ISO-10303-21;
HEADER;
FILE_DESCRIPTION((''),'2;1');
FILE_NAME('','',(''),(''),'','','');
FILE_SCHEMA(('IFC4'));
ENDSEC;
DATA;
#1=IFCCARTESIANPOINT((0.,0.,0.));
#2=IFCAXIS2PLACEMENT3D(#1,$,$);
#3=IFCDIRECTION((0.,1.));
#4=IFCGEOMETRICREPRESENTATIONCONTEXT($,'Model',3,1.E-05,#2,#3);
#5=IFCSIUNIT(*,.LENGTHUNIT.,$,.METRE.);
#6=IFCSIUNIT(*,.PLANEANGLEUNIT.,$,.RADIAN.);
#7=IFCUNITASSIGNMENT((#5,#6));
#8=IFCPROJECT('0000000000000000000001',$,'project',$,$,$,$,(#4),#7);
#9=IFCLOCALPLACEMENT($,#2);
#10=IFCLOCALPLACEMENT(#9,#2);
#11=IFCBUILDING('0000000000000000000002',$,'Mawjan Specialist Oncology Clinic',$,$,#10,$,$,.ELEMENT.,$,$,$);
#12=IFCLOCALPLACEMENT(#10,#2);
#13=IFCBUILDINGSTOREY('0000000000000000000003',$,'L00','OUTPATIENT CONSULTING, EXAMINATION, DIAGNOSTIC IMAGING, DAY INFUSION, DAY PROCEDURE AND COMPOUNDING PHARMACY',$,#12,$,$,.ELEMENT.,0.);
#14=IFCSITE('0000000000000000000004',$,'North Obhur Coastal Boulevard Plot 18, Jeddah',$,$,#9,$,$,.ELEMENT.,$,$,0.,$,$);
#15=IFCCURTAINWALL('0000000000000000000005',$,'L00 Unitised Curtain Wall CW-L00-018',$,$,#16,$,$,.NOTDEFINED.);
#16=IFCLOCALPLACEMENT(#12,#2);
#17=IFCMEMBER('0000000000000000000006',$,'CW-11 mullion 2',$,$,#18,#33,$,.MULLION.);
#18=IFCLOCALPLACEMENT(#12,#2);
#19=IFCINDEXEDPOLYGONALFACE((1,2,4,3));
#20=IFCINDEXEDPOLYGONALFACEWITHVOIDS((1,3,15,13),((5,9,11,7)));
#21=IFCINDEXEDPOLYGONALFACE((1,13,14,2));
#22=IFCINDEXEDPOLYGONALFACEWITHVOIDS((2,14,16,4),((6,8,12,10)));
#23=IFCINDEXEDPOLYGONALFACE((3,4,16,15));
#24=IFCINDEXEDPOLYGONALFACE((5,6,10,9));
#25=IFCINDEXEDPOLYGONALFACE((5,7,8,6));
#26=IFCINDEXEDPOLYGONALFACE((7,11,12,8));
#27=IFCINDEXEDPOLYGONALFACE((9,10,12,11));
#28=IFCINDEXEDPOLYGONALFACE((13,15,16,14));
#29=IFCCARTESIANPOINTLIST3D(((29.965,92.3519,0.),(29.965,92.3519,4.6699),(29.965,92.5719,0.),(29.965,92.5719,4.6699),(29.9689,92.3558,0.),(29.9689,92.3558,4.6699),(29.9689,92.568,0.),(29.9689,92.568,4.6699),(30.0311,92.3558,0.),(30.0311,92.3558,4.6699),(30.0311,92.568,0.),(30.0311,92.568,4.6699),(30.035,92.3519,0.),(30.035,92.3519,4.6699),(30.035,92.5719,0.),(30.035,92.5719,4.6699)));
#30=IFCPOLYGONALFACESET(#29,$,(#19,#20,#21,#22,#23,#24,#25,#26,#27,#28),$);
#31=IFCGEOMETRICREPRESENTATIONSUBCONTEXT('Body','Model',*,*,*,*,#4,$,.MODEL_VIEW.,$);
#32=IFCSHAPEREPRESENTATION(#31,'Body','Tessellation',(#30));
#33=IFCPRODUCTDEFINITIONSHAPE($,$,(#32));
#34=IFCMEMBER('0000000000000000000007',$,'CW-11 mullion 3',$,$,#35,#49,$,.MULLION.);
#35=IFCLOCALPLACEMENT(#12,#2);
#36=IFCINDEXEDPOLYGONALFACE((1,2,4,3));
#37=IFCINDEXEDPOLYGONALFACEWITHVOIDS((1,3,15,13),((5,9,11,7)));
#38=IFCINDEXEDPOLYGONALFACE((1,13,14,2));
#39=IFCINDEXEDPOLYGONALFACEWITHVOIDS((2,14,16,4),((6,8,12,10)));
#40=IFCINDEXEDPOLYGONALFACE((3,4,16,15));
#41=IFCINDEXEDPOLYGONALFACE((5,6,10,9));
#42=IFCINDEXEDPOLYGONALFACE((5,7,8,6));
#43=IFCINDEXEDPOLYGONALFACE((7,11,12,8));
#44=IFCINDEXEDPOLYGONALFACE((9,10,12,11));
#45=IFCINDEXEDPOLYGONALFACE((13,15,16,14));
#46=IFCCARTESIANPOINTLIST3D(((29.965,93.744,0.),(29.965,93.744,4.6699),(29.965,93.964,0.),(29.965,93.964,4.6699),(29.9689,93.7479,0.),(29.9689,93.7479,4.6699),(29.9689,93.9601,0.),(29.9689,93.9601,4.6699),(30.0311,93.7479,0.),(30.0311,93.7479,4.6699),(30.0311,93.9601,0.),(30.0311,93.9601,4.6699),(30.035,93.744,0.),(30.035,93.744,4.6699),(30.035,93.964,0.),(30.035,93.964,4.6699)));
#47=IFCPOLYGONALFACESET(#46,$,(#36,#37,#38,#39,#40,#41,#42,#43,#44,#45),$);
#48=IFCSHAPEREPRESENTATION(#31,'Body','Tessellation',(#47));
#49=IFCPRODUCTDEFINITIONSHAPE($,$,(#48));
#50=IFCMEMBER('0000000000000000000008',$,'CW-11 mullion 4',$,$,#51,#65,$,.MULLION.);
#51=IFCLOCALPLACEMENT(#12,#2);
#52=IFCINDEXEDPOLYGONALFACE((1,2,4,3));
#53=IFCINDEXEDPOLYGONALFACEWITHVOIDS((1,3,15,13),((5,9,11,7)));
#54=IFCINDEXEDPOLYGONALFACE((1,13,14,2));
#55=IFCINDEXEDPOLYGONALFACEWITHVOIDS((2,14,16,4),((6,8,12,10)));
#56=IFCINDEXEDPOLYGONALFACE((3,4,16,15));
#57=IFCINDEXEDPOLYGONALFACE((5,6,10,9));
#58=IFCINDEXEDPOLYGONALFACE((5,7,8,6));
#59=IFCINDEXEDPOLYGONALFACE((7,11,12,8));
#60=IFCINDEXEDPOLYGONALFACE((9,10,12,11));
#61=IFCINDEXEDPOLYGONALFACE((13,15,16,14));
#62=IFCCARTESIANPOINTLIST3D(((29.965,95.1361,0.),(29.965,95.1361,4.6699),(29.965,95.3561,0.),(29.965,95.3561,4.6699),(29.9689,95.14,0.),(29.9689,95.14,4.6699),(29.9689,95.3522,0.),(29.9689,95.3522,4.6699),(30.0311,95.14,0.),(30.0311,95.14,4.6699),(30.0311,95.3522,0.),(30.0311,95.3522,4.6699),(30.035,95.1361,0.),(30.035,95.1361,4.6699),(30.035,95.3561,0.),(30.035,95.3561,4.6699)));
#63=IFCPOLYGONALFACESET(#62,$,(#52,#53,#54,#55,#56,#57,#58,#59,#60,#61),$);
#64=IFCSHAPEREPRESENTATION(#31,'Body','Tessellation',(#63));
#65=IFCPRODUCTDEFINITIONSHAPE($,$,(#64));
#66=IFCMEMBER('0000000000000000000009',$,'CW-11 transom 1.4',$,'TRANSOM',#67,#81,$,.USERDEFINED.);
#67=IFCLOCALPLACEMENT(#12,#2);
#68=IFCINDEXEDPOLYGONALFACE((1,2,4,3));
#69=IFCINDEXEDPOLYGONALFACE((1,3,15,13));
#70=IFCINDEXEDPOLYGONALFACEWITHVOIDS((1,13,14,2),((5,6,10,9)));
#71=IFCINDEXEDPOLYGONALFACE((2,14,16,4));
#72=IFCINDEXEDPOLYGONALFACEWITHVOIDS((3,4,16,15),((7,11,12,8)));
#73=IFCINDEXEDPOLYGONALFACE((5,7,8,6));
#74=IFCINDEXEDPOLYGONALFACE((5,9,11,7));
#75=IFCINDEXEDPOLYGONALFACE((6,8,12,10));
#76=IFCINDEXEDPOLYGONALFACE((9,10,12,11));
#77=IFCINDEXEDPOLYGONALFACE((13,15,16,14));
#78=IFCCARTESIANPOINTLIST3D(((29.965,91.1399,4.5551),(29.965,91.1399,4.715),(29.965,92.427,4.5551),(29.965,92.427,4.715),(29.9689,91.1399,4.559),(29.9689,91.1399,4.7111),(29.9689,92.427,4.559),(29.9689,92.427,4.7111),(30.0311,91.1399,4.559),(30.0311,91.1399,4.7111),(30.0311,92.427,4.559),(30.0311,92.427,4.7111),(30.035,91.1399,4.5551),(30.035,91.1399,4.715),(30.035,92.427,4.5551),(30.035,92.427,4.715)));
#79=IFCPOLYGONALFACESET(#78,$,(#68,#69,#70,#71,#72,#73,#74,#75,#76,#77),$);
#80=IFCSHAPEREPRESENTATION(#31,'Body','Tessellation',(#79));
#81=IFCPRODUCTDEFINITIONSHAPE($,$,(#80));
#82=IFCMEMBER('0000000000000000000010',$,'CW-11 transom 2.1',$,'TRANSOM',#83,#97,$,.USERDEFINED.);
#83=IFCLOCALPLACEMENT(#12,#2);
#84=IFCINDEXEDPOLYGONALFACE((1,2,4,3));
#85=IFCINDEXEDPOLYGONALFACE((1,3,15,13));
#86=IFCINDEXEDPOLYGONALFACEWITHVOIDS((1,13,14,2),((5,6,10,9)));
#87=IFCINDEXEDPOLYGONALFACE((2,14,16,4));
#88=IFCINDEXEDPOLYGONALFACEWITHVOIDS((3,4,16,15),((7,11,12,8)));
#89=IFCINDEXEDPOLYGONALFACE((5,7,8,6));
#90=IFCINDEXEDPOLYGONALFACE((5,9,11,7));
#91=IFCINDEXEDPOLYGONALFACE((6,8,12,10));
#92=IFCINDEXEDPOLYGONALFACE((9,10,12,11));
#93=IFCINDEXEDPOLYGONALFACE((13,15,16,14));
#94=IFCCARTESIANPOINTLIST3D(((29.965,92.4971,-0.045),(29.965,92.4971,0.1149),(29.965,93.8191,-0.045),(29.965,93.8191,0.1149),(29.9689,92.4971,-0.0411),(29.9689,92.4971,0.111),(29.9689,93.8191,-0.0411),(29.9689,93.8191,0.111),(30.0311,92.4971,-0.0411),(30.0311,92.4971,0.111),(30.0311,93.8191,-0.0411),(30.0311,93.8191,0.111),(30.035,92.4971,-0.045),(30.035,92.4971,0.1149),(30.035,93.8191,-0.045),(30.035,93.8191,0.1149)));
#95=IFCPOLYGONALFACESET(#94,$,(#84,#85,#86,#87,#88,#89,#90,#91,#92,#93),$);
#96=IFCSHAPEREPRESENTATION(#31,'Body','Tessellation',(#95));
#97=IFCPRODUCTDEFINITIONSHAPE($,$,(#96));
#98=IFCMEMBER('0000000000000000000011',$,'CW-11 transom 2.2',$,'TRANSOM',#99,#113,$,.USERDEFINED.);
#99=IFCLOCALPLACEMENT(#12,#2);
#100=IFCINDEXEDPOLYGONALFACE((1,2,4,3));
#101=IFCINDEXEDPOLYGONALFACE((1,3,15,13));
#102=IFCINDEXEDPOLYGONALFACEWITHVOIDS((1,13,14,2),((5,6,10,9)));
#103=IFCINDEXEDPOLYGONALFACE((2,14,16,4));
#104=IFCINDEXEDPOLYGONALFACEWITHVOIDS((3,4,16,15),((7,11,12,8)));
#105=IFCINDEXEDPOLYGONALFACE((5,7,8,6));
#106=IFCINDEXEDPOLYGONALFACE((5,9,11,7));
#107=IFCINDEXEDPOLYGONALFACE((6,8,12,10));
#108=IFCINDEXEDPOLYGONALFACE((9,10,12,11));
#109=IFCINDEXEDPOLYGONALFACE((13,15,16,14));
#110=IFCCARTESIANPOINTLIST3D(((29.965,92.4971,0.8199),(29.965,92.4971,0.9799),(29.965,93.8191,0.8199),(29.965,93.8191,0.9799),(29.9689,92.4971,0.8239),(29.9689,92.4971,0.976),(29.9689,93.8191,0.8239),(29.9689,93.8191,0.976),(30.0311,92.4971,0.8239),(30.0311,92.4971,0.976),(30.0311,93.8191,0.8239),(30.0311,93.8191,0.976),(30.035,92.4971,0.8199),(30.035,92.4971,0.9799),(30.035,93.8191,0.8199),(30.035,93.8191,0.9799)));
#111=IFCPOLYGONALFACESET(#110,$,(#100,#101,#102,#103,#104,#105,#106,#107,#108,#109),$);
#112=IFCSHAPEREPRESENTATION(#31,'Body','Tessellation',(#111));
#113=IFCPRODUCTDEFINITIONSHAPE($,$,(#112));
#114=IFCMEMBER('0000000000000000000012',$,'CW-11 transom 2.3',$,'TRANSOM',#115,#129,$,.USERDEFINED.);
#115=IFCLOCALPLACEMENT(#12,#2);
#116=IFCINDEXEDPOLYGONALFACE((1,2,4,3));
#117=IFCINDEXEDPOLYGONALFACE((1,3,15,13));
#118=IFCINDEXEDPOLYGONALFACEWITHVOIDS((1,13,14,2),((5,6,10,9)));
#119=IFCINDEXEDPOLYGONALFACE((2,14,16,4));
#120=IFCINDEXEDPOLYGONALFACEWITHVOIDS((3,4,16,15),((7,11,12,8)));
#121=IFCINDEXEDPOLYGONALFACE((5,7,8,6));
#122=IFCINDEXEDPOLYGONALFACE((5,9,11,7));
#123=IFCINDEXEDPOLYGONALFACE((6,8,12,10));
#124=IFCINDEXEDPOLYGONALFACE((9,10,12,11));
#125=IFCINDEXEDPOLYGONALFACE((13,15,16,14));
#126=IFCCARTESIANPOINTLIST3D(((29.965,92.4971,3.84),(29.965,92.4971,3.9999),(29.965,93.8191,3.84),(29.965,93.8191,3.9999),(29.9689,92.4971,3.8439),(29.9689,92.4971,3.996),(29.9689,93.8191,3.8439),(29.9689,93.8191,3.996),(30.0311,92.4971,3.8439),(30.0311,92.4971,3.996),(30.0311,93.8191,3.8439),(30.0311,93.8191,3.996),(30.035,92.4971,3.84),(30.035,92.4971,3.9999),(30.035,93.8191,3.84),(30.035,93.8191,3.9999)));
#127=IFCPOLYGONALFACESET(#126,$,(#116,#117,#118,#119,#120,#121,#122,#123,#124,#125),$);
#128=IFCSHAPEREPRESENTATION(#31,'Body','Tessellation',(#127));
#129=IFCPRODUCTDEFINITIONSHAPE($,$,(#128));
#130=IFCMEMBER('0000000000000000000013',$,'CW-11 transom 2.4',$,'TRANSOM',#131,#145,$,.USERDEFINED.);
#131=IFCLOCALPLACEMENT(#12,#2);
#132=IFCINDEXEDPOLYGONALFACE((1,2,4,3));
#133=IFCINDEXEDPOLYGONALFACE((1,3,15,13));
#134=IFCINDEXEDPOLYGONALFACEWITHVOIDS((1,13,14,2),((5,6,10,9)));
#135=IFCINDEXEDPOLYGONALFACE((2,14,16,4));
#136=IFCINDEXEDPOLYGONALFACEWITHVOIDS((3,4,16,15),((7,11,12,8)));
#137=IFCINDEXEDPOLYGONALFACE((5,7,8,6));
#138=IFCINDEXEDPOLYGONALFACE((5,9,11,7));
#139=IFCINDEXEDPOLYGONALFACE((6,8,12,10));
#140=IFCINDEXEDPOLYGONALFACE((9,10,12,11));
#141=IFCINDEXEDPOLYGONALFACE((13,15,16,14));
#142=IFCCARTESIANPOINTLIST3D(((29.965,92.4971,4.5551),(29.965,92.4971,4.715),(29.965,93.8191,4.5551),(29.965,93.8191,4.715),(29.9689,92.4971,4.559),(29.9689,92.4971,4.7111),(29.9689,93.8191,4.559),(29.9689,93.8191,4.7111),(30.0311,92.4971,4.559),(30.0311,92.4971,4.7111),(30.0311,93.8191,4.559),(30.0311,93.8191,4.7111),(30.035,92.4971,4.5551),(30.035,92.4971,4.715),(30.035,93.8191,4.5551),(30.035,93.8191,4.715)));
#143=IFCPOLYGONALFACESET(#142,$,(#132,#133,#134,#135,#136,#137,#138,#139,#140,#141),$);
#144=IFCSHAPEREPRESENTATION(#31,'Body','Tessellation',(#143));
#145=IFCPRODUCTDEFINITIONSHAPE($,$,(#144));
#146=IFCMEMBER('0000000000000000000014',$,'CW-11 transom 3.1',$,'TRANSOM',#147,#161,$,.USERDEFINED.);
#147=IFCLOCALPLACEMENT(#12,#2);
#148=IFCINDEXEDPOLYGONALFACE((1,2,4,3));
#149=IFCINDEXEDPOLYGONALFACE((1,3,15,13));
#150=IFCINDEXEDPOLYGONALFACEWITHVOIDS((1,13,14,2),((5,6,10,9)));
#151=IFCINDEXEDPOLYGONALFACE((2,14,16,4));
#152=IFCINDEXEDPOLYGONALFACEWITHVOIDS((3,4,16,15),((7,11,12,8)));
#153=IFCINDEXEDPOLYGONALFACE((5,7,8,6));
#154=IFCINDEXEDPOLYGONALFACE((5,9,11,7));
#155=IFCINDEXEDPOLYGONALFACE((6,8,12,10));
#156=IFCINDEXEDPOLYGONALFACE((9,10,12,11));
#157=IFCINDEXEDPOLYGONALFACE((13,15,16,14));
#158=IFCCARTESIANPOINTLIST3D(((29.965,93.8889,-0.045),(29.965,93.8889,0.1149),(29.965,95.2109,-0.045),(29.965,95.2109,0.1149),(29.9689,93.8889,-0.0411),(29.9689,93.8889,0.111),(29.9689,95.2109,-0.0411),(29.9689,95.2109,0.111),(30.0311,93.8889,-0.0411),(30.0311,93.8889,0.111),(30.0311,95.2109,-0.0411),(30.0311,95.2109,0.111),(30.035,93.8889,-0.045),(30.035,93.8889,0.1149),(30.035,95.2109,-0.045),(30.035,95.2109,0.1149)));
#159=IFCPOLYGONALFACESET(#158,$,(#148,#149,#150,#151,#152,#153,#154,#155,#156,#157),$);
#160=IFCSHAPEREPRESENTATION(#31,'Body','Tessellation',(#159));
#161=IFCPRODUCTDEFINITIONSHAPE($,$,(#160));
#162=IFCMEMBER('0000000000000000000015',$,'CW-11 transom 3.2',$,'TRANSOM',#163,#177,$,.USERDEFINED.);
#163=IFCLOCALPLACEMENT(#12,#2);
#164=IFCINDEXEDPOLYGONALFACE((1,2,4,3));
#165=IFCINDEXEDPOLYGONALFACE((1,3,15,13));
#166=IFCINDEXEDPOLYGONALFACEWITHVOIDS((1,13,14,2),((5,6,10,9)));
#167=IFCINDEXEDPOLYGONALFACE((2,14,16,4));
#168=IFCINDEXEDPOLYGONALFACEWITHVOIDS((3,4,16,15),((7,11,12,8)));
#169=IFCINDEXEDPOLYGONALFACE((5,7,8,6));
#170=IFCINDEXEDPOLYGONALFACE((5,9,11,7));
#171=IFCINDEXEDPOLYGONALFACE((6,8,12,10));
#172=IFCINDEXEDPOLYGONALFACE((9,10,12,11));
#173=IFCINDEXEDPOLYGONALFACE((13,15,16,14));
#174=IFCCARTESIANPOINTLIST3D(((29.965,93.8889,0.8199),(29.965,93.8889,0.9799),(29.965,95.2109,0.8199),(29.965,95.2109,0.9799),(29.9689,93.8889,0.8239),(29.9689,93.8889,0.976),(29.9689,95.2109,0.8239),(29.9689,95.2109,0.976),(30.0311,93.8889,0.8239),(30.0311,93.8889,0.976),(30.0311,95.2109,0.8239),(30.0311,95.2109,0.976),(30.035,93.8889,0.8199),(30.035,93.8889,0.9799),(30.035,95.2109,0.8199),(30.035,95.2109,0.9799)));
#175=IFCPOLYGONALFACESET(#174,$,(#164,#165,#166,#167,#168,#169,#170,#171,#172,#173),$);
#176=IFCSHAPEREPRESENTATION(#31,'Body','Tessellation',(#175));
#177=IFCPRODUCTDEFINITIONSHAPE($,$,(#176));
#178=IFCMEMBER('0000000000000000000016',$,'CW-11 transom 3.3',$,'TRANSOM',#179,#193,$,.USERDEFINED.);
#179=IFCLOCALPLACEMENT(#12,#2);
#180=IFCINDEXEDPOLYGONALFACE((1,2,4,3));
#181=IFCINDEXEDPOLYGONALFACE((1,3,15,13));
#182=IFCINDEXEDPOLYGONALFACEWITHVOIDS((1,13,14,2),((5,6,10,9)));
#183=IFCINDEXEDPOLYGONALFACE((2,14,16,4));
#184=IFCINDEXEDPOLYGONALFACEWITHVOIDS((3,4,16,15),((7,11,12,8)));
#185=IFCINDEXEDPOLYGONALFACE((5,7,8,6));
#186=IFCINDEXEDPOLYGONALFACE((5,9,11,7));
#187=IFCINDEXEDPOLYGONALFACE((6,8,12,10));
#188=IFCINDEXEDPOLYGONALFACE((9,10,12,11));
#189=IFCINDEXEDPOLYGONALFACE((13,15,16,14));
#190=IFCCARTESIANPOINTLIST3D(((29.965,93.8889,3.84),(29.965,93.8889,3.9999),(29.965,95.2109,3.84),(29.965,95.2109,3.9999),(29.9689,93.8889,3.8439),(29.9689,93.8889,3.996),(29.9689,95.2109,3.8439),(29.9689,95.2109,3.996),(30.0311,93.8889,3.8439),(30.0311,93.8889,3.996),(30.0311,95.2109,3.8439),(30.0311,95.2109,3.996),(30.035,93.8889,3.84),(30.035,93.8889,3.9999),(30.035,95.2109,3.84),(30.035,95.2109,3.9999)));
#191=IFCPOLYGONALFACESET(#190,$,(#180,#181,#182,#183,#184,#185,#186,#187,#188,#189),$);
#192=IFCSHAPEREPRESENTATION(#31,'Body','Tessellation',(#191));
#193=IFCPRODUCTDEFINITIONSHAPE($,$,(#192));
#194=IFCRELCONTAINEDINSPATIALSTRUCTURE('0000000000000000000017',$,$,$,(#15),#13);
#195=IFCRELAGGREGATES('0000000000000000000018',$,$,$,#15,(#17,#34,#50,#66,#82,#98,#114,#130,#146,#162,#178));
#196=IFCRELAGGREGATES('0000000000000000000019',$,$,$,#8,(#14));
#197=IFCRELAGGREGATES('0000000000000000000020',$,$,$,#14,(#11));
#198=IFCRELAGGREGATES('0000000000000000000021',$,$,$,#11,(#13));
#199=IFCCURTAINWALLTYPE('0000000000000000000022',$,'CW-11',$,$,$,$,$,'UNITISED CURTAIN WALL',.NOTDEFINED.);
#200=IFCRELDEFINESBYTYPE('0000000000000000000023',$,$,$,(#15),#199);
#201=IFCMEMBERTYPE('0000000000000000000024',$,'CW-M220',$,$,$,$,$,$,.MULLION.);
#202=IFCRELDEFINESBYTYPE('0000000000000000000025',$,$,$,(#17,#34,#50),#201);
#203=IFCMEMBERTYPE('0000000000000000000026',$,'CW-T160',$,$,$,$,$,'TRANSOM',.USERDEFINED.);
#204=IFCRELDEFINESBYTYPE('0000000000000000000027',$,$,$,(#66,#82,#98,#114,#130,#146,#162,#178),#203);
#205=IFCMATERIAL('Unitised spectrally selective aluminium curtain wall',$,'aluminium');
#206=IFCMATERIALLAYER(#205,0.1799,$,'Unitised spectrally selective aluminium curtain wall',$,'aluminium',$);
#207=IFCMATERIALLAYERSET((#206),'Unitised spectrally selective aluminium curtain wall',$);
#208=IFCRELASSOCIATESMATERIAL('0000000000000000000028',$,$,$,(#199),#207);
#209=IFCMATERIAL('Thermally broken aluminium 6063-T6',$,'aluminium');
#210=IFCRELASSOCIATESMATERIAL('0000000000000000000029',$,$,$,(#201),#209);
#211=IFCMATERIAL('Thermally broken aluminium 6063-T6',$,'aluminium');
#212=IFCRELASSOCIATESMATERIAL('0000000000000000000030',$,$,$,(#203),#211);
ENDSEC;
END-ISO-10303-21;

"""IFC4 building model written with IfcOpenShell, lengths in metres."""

from ifc_helpers import new_model, si_unit, direction, frame, origin, origin_2d, place, context, subcontext, project, spatial, hollow_rectangle, extrude, material, layer, layer_set, material_profile, profile_set, type_object, element, aggregate, save


model = new_model("IFC4")

# Units and contexts
model_context = context("Model", 3, precision=1e-05, world=origin(), true_north=direction((0.0, 1.0)))
body_context = subcontext(model_context, "Body", "Model", "MODEL_VIEW")
ifc_project = project(units=[si_unit("LENGTHUNIT", "METRE"), si_unit("PLANEANGLEUNIT", "RADIAN")], contexts=[model_context])

# Site, building, storey
site_placement = place(None, origin())
site = spatial("IfcSite", under=ifc_project, at=site_placement, Name="North Obhur Coastal Boulevard Plot 18, Jeddah", CompositionType="ELEMENT", RefElevation=0.0)
building_placement = place(site_placement, origin())
building = spatial("IfcBuilding", under=site, at=building_placement, Name="Mawjan Specialist Oncology Clinic", CompositionType="ELEMENT")
storey_placement = place(building_placement, origin())
storey = spatial("IfcBuildingStorey", under=building, at=storey_placement, Name="L00", Description="OUTPATIENT CONSULTING, EXAMINATION, DIAGNOSTIC IMAGING, DAY INFUSION, DAY PROCEDURE AND COMPOUNDING PHARMACY", CompositionType="ELEMENT", Elevation=0.0)

# Curtain wall, members
ifc_material_1 = material(Name="Unitised spectrally selective aluminium curtain wall", Category="aluminium")
ifc_layer_1 = layer(ifc_material_1, 0.1799, Name="Unitised spectrally selective aluminium curtain wall", Category="aluminium")
ifc_layer_set_1 = layer_set([ifc_layer_1], Name="Unitised spectrally selective aluminium curtain wall")
curtain_wall_type = type_object("IfcCurtainWallType", Name="CW-11", ElementType="UNITISED CURTAIN WALL", PredefinedType="NOTDEFINED", material=ifc_layer_set_1)
curtain_wall_placement = place(storey_placement, origin())
curtain_wall = element("IfcCurtainWall", 1, at=curtain_wall_placement, inside=storey, type_object=curtain_wall_type, Name="L00 Unitised Curtain Wall CW-L00-018", PredefinedType="NOTDEFINED")
ifc_material_2 = material(Name="Thermally broken aluminium 6063-T6", Category="aluminium")
ifc_material_profile_1 = material_profile(ifc_material_2, hollow_rectangle(XDim=0.0701, YDim=0.22, WallThickness=0.0039, at=origin_2d()), Name="ALU MULLION 220x70x4", Category="aluminium")
ifc_profile_set_1 = profile_set([ifc_material_profile_1], Name="Thermally broken aluminium 6063-T6")
member_type_1 = type_object("IfcMemberType", Name="CW-M220", PredefinedType="MULLION", material=ifc_profile_set_1)
member_1_placement = place(storey_placement, frame((30.0, 92.4619, 0.0), z_axis=(0.0, 0.0, 1.0), x_axis=(-1.0, 0.0, 0.0)))
member_1 = element("IfcMember", 2, at=member_1_placement, type_object=member_type_1, Name="CW-11 mullion 2", PredefinedType="MULLION", context=body_context, shape_type="SweptSolid", body=[
    extrude(hollow_rectangle(XDim=0.0701, YDim=0.22, WallThickness=0.0039, at=origin_2d()), origin(), (0.0, 0.0, 1.0), 4.6699),
])
member_2_placement = place(storey_placement, frame((30.0, 93.854, 0.0), z_axis=(0.0, 0.0, 1.0), x_axis=(-1.0, 0.0, 0.0)))
member_2 = element("IfcMember", 3, at=member_2_placement, type_object=member_type_1, Name="CW-11 mullion 3", PredefinedType="MULLION", context=body_context, shape_type="SweptSolid", body=[
    extrude(hollow_rectangle(XDim=0.0701, YDim=0.22, WallThickness=0.0039, at=origin_2d()), origin(), (0.0, 0.0, 1.0), 4.6699),
])
member_3_placement = place(storey_placement, frame((30.0, 95.2461, 0.0), z_axis=(0.0, 0.0, 1.0), x_axis=(-1.0, 0.0, 0.0)))
member_3 = element("IfcMember", 4, at=member_3_placement, type_object=member_type_1, Name="CW-11 mullion 4", PredefinedType="MULLION", context=body_context, shape_type="SweptSolid", body=[
    extrude(hollow_rectangle(XDim=0.0701, YDim=0.22, WallThickness=0.0039, at=origin_2d()), origin(), (0.0, 0.0, 1.0), 4.6699),
])
ifc_material_3 = material(Name="Thermally broken aluminium 6063-T6", Category="aluminium")
ifc_material_profile_2 = material_profile(ifc_material_3, hollow_rectangle(XDim=0.0701, YDim=0.1599, WallThickness=0.0039, at=origin_2d()), Name="ALU TRANSOM 160x70x4", Category="aluminium")
ifc_profile_set_2 = profile_set([ifc_material_profile_2], Name="Thermally broken aluminium 6063-T6")
member_type_2 = type_object("IfcMemberType", Name="CW-T160", ElementType="TRANSOM", PredefinedType="USERDEFINED", material=ifc_profile_set_2)
member_4_placement = place(storey_placement, frame((30.0, 91.1399, 4.635), z_axis=(0.0, 1.0, 0.0), x_axis=(-1.0, 0.0, 0.0)))
member_4 = element("IfcMember", 5, at=member_4_placement, type_object=member_type_2, Name="CW-11 transom 1.4", ObjectType="TRANSOM", PredefinedType="USERDEFINED", context=body_context, shape_type="SweptSolid", body=[
    extrude(hollow_rectangle(XDim=0.0701, YDim=0.1599, WallThickness=0.0039, at=origin_2d()), origin(), (0.0, 0.0, 1.0), 1.2871),
])
member_5_placement = place(storey_placement, frame((30.0, 92.4971, 0.0349), z_axis=(0.0, 1.0, 0.0), x_axis=(-1.0, 0.0, 0.0)))
member_5 = element("IfcMember", 6, at=member_5_placement, type_object=member_type_2, Name="CW-11 transom 2.1", ObjectType="TRANSOM", PredefinedType="USERDEFINED", context=body_context, shape_type="SweptSolid", body=[
    extrude(hollow_rectangle(XDim=0.0701, YDim=0.1599, WallThickness=0.0039, at=origin_2d()), origin(), (0.0, 0.0, 1.0), 1.322),
])
member_6_placement = place(storey_placement, frame((30.0, 92.4971, 0.8999), z_axis=(0.0, 1.0, 0.0), x_axis=(-1.0, 0.0, 0.0)))
member_6 = element("IfcMember", 7, at=member_6_placement, type_object=member_type_2, Name="CW-11 transom 2.2", ObjectType="TRANSOM", PredefinedType="USERDEFINED", context=body_context, shape_type="SweptSolid", body=[
    extrude(hollow_rectangle(XDim=0.0701, YDim=0.1599, WallThickness=0.0039, at=origin_2d()), origin(), (0.0, 0.0, 1.0), 1.322),
])
member_7_placement = place(storey_placement, frame((30.0, 92.4971, 3.9199), z_axis=(0.0, 1.0, 0.0), x_axis=(-1.0, 0.0, 0.0)))
member_7 = element("IfcMember", 8, at=member_7_placement, type_object=member_type_2, Name="CW-11 transom 2.3", ObjectType="TRANSOM", PredefinedType="USERDEFINED", context=body_context, shape_type="SweptSolid", body=[
    extrude(hollow_rectangle(XDim=0.0701, YDim=0.1599, WallThickness=0.0039, at=origin_2d()), origin(), (0.0, 0.0, 1.0), 1.322),
])
member_8_placement = place(storey_placement, frame((30.0, 92.4971, 4.635), z_axis=(0.0, 1.0, 0.0), x_axis=(-1.0, 0.0, 0.0)))
member_8 = element("IfcMember", 9, at=member_8_placement, type_object=member_type_2, Name="CW-11 transom 2.4", ObjectType="TRANSOM", PredefinedType="USERDEFINED", context=body_context, shape_type="SweptSolid", body=[
    extrude(hollow_rectangle(XDim=0.0701, YDim=0.1599, WallThickness=0.0039, at=origin_2d()), origin(), (0.0, 0.0, 1.0), 1.322),
])
member_9_placement = place(storey_placement, frame((30.0, 93.8889, 0.0349), z_axis=(0.0, 1.0, 0.0), x_axis=(-1.0, 0.0, 0.0)))
member_9 = element("IfcMember", 10, at=member_9_placement, type_object=member_type_2, Name="CW-11 transom 3.1", ObjectType="TRANSOM", PredefinedType="USERDEFINED", context=body_context, shape_type="SweptSolid", body=[
    extrude(hollow_rectangle(XDim=0.0701, YDim=0.1599, WallThickness=0.0039, at=origin_2d()), origin(), (0.0, 0.0, 1.0), 1.322),
])
member_10_placement = place(storey_placement, frame((30.0, 93.8889, 0.8999), z_axis=(0.0, 1.0, 0.0), x_axis=(-1.0, 0.0, 0.0)))
member_10 = element("IfcMember", 11, at=member_10_placement, type_object=member_type_2, Name="CW-11 transom 3.2", ObjectType="TRANSOM", PredefinedType="USERDEFINED", context=body_context, shape_type="SweptSolid", body=[
    extrude(hollow_rectangle(XDim=0.0701, YDim=0.1599, WallThickness=0.0039, at=origin_2d()), origin(), (0.0, 0.0, 1.0), 1.322),
])
member_11_placement = place(storey_placement, frame((30.0, 93.8889, 3.9199), z_axis=(0.0, 1.0, 0.0), x_axis=(-1.0, 0.0, 0.0)))
member_11 = element("IfcMember", 12, at=member_11_placement, type_object=member_type_2, Name="CW-11 transom 3.3", ObjectType="TRANSOM", PredefinedType="USERDEFINED", context=body_context, shape_type="SweptSolid", body=[
    extrude(hollow_rectangle(XDim=0.0701, YDim=0.1599, WallThickness=0.0039, at=origin_2d()), origin(), (0.0, 0.0, 1.0), 1.322),
])
aggregate(curtain_wall, [member_1, member_2, member_3, member_4, member_5, member_6, member_7, member_8, member_9, member_10, member_11])

save(model, "model.ifc")
